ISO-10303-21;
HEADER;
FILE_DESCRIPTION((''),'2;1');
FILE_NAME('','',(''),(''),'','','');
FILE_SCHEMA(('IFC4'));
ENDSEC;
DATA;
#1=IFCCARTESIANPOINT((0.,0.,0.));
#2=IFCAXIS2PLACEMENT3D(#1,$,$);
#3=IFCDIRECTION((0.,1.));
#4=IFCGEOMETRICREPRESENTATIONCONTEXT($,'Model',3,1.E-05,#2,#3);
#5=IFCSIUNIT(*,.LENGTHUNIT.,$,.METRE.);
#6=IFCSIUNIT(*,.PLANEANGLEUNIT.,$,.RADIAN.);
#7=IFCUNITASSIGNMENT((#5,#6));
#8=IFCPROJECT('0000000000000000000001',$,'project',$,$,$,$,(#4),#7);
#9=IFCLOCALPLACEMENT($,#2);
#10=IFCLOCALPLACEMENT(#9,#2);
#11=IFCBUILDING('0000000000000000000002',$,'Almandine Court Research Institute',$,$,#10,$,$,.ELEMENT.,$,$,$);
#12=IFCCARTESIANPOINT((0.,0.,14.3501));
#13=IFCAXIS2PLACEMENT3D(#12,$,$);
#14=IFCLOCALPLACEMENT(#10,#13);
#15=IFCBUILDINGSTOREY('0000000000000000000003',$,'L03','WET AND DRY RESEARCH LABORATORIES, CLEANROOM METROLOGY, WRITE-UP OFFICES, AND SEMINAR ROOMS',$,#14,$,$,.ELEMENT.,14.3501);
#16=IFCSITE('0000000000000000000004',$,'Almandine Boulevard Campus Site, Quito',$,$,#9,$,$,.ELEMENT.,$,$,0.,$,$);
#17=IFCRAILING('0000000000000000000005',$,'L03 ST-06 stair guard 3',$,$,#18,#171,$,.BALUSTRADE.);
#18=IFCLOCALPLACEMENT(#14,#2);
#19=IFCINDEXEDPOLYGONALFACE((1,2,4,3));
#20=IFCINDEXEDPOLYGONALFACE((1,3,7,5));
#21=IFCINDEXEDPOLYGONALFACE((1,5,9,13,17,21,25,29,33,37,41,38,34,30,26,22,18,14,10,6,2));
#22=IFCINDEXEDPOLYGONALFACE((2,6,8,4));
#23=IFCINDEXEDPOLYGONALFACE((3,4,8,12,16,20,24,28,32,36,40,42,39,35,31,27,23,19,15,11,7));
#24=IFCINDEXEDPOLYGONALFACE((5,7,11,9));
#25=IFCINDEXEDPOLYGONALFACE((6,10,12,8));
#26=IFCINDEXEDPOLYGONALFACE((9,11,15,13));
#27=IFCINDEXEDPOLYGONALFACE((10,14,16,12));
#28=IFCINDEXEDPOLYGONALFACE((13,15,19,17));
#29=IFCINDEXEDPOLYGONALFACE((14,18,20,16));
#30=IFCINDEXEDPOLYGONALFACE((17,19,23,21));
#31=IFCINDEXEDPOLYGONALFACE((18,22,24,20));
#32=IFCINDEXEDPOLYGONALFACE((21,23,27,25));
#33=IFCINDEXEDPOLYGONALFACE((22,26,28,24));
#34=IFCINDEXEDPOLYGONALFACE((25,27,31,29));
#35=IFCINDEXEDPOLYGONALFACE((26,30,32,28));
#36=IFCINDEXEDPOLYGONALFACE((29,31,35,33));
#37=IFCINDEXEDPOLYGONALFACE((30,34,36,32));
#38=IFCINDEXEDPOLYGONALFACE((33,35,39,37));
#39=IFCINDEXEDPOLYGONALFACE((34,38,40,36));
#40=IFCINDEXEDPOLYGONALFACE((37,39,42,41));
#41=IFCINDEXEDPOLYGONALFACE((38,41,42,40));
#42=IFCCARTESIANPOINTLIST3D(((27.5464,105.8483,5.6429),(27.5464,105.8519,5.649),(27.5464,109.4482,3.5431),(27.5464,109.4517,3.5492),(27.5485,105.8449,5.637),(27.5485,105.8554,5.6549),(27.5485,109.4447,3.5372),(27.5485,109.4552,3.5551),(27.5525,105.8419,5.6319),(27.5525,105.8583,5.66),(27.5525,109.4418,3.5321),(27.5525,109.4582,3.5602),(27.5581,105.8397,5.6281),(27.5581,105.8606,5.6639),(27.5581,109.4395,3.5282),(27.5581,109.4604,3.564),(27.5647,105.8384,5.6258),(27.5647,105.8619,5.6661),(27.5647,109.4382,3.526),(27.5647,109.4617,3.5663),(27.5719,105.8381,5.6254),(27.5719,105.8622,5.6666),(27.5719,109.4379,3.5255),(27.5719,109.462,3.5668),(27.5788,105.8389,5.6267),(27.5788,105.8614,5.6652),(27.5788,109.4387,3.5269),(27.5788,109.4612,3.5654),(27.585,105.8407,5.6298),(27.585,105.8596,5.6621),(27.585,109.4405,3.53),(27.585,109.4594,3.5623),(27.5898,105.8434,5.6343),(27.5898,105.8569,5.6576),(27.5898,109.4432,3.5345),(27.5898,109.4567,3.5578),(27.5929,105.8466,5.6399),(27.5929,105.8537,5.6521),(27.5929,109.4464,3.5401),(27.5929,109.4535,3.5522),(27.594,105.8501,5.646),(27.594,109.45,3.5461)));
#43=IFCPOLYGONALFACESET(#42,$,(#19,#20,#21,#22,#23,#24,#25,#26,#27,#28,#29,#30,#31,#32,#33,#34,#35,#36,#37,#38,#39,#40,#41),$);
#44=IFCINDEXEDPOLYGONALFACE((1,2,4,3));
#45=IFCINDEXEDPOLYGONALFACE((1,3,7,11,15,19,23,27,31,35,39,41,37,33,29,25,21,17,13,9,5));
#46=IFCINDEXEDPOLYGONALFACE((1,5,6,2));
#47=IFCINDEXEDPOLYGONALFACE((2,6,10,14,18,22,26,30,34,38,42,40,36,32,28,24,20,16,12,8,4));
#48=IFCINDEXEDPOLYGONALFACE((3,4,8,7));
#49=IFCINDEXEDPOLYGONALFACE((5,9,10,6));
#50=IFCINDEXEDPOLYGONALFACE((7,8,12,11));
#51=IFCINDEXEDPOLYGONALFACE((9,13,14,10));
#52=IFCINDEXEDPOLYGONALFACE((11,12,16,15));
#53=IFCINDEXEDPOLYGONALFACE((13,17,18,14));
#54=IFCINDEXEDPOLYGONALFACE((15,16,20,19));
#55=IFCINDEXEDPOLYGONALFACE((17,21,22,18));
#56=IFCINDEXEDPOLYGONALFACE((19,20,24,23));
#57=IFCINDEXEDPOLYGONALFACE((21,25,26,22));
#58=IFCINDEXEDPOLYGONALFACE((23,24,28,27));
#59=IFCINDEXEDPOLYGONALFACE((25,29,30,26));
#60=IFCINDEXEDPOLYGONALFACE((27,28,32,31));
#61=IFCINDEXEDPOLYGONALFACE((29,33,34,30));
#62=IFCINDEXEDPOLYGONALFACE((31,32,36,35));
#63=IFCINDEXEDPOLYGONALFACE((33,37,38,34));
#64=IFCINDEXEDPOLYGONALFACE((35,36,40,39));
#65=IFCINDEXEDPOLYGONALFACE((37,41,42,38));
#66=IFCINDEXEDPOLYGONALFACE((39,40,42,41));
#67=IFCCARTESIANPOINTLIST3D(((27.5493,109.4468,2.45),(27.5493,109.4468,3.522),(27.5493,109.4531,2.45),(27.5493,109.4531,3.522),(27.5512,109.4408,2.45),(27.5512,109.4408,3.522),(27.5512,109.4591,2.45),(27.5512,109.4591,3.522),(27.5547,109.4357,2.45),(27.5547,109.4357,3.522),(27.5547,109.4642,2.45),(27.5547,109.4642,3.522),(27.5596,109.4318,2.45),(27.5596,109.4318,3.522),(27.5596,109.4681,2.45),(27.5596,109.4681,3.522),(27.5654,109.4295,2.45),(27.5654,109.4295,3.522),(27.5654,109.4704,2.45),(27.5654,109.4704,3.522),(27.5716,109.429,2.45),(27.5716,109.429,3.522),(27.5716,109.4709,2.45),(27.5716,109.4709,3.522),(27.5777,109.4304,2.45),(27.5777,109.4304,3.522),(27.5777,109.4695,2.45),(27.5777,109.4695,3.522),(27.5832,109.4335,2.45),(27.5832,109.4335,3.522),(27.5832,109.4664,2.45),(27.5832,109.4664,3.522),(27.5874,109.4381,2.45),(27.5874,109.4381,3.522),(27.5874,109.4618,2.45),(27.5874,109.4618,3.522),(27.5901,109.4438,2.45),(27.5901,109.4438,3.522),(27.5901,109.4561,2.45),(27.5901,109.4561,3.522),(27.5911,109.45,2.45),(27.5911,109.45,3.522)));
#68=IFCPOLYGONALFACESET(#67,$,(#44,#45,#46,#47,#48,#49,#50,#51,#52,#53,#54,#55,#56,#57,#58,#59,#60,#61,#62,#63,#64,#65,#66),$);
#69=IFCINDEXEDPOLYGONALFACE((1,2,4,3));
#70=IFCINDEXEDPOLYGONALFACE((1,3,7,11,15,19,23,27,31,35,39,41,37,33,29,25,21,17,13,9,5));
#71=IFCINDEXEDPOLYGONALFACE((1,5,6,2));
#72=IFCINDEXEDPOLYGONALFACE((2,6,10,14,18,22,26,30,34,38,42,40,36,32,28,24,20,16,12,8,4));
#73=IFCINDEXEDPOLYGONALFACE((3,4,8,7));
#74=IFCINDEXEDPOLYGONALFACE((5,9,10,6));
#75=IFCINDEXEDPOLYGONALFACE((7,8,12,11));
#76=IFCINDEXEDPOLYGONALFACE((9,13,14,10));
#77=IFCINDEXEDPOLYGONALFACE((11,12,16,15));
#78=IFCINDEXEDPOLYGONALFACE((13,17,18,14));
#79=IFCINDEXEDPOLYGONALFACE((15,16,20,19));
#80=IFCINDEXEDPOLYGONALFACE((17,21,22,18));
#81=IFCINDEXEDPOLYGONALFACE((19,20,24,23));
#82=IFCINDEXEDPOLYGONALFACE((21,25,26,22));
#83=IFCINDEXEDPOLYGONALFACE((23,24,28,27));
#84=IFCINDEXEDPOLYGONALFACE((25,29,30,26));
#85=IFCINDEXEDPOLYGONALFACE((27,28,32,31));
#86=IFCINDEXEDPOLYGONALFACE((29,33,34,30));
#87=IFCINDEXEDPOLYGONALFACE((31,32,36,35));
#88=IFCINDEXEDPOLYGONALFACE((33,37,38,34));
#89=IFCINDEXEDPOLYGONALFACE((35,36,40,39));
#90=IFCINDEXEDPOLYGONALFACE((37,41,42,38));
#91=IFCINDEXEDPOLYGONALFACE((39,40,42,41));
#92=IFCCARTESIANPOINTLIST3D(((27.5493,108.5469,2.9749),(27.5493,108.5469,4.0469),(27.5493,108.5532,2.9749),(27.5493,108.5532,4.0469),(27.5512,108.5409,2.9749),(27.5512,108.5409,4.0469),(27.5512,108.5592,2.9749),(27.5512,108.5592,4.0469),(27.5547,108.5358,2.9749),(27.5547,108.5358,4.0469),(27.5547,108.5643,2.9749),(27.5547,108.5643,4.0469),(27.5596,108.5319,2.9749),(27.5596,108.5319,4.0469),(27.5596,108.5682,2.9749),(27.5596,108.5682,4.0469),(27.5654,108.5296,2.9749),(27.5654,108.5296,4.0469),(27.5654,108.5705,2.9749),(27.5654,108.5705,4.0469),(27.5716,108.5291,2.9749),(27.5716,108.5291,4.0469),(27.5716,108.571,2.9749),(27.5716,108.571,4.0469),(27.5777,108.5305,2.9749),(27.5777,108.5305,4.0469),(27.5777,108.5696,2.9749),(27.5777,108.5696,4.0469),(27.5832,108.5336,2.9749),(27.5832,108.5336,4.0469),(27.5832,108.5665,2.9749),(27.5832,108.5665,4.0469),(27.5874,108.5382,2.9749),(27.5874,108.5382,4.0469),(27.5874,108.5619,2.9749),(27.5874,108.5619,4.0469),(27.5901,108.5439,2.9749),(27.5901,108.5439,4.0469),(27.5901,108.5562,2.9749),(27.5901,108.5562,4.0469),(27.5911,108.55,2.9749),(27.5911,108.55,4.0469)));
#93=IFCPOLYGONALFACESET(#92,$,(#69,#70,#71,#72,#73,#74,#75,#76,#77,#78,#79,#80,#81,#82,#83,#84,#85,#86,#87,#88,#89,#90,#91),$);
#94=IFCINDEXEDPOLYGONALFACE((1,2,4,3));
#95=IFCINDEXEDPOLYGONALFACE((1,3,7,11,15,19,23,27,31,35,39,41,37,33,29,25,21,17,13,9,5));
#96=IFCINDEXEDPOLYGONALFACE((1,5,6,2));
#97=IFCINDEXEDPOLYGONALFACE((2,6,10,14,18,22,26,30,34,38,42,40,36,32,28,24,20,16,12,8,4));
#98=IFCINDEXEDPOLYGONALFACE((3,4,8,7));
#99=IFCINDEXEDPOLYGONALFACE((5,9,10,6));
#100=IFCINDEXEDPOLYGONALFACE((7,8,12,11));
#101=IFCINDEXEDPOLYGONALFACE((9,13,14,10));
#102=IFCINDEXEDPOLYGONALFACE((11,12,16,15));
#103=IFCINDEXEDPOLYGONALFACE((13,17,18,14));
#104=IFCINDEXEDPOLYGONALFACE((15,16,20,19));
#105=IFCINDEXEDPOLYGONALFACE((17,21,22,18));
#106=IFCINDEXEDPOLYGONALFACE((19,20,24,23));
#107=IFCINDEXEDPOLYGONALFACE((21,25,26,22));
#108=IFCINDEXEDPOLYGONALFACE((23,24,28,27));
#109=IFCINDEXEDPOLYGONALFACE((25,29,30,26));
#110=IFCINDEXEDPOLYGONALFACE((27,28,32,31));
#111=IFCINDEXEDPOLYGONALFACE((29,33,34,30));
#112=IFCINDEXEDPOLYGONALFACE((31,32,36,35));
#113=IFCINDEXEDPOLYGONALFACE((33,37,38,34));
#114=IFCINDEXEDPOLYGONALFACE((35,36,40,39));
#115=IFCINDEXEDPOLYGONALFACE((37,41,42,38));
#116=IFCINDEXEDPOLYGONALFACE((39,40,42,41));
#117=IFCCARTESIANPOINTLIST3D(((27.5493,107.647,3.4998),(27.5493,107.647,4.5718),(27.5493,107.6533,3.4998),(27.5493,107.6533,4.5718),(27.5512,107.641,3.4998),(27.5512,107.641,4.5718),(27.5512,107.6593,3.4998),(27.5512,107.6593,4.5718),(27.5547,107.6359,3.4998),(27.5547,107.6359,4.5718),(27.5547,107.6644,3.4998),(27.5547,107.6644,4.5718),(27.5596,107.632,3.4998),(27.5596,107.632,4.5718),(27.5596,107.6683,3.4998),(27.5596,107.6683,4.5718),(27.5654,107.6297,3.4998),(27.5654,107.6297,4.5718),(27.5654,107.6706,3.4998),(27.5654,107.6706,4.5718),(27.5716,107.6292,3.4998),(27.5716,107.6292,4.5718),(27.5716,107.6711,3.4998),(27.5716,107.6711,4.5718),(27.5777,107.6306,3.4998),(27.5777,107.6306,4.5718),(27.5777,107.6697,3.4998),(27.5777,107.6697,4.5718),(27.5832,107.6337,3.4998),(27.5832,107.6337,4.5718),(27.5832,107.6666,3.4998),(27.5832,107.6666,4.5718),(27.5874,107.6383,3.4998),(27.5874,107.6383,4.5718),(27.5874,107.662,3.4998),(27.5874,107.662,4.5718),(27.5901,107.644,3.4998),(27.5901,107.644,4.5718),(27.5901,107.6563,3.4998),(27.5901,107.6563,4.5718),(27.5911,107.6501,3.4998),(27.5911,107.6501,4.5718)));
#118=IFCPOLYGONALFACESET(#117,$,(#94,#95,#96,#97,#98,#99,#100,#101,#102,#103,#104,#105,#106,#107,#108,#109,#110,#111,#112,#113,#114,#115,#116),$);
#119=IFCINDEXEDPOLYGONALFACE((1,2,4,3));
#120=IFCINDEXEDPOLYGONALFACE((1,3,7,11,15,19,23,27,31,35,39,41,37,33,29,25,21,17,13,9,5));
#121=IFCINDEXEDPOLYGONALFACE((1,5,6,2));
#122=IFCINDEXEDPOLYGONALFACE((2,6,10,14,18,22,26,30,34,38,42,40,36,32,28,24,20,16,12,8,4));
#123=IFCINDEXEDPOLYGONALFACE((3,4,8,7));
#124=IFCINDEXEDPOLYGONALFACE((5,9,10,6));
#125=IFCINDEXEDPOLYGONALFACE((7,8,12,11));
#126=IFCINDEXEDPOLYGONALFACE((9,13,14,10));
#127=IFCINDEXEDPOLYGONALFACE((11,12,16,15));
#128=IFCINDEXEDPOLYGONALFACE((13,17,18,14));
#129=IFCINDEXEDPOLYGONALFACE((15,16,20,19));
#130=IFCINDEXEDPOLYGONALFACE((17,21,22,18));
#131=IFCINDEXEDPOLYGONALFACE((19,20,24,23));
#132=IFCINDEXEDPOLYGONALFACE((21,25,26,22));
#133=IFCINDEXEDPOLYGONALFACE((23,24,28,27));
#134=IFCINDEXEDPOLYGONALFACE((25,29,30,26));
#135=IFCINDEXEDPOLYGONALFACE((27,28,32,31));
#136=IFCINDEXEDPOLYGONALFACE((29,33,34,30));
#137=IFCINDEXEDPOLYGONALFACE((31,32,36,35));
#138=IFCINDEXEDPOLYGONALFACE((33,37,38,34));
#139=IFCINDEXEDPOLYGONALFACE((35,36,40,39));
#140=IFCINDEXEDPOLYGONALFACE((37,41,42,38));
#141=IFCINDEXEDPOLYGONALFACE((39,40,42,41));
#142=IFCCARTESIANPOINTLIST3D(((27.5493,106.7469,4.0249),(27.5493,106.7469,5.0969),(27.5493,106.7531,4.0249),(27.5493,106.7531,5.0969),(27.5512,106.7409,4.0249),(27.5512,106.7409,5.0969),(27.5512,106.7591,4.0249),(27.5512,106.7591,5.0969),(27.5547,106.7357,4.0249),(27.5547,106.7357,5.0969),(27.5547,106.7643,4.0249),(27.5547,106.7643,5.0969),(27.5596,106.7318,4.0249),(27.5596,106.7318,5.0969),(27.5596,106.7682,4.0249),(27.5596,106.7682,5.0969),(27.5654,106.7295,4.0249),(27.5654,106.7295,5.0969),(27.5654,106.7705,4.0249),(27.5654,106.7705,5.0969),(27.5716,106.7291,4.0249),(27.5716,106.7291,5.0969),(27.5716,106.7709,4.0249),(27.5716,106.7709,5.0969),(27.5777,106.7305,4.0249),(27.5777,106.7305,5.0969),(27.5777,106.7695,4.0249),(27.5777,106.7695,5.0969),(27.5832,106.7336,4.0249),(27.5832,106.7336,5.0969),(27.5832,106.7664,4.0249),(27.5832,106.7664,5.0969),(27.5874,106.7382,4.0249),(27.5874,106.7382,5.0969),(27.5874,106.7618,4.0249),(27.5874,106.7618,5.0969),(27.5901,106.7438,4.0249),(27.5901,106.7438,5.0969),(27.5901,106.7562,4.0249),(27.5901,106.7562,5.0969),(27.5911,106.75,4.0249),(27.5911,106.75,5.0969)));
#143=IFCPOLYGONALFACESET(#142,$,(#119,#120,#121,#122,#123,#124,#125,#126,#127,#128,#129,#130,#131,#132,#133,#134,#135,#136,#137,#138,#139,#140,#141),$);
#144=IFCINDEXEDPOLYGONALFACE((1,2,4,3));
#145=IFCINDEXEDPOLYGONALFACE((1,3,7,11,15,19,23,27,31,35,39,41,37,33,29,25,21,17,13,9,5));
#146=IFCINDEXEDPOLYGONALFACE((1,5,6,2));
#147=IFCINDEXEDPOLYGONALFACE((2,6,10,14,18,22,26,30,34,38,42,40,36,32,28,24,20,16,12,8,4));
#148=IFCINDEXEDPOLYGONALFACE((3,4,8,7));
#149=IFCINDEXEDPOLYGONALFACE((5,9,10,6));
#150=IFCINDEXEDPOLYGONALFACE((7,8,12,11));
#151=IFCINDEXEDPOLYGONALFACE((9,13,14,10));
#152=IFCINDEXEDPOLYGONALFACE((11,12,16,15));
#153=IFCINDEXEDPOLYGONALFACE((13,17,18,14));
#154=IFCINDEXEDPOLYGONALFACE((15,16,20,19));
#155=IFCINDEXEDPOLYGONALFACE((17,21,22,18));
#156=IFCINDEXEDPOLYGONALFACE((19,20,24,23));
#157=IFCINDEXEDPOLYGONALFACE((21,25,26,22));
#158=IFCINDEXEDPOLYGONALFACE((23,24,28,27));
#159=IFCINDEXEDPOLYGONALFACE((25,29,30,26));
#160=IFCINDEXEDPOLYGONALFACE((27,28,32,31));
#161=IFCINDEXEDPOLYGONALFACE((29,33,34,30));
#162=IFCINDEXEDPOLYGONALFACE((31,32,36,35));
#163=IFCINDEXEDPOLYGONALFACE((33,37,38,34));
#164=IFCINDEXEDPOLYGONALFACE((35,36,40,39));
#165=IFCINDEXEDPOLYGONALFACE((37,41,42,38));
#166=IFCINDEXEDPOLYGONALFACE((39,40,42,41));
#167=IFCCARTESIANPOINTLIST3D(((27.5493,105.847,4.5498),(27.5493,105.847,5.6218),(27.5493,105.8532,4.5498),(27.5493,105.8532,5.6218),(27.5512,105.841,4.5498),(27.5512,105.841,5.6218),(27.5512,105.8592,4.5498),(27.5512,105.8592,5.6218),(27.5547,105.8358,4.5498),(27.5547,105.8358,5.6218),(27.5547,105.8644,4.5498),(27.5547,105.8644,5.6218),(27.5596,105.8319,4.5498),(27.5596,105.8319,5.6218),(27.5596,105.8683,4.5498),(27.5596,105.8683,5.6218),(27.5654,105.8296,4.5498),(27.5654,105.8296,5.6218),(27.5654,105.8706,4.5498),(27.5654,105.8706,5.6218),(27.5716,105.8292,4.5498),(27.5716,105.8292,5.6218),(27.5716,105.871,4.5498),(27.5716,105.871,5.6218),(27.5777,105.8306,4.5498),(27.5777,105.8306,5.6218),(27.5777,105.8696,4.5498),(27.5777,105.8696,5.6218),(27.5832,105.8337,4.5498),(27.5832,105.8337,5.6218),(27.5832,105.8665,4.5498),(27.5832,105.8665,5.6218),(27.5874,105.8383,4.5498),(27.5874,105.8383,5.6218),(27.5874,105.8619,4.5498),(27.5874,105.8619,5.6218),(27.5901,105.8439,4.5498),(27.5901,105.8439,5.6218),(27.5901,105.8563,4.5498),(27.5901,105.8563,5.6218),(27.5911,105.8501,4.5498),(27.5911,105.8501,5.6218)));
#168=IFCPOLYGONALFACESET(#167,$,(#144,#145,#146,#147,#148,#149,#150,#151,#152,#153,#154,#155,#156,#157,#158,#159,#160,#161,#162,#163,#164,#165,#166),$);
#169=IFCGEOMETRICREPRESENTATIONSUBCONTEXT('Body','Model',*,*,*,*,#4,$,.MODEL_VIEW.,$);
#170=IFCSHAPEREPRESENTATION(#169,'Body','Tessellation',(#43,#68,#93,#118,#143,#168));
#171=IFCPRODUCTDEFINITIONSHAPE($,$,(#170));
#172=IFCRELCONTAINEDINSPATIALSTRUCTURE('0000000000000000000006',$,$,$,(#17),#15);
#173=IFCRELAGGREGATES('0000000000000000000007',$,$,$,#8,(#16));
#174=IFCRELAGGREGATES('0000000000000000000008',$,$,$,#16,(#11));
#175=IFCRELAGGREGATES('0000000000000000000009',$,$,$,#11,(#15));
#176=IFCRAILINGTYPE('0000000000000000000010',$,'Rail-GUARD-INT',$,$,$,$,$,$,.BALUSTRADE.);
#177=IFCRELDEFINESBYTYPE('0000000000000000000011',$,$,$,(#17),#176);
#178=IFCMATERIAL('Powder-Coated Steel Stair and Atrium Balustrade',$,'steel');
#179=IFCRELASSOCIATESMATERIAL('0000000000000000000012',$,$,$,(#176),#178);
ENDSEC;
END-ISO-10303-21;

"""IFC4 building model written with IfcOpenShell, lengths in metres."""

from ifc_helpers import new_model, si_unit, direction, frame, origin, origin_2d, place, context, subcontext, project, spatial, circle, extrude, material, type_object, element, save


model = new_model("IFC4")

# Units and contexts
model_context = context("Model", 3, precision=1e-05, world=origin(), true_north=direction((0.0, 1.0)))
body_context = subcontext(model_context, "Body", "Model", "MODEL_VIEW")
ifc_project = project(units=[si_unit("LENGTHUNIT", "METRE"), si_unit("PLANEANGLEUNIT", "RADIAN")], contexts=[model_context])

# Site, building, storey
site_placement = place(None, origin())
site = spatial("IfcSite", under=ifc_project, at=site_placement, Name="Almandine Boulevard Campus Site, Quito", CompositionType="ELEMENT", RefElevation=0.0)
building_placement = place(site_placement, origin())
building = spatial("IfcBuilding", under=site, at=building_placement, Name="Almandine Court Research Institute", CompositionType="ELEMENT")
storey_placement = place(building_placement, frame((0.0, 0.0, 14.3501)))
storey = spatial("IfcBuildingStorey", under=building, at=storey_placement, Name="L03", Description="WET AND DRY RESEARCH LABORATORIES, CLEANROOM METROLOGY, WRITE-UP OFFICES, AND SEMINAR ROOMS", CompositionType="ELEMENT", Elevation=14.3501)

# Railing
ifc_material_1 = material(Name="Powder-Coated Steel Stair and Atrium Balustrade", Category="steel")
railing_type_1 = type_object("IfcRailingType", Name="Rail-GUARD-INT", PredefinedType="BALUSTRADE", material=ifc_material_1)
railing_1_placement = place(storey_placement, frame((27.5701, 109.45, 2.45)))
element("IfcRailing", 1, at=railing_1_placement, inside=storey, type_object=railing_type_1, Name="L03 ST-06 stair guard 3", PredefinedType="BALUSTRADE", context=body_context, shape_type="SweptSolid", body=[
    extrude(circle(Radius=0.0239, at=origin_2d()), frame((0.0, 0.0, 1.0962), z_axis=(0.0, -0.863785, 0.50386), x_axis=(1.0, 0.0, 0.0)), (0.0, 0.0, 1.0), 4.1675),
    extrude(circle(Radius=0.021, at=origin_2d()), origin(), (0.0, 0.0, 1.0), 1.072),
    extrude(circle(Radius=0.021, at=origin_2d()), frame((0.0, -0.8999, 0.5249)), (0.0, 0.0, 1.0), 1.072),
    extrude(circle(Radius=0.021, at=origin_2d()), frame((0.0, -1.7998, 1.0498)), (0.0, 0.0, 1.0), 1.072),
    extrude(circle(Radius=0.021, at=origin_2d()), frame((0.0, -2.7, 1.575)), (0.0, 0.0, 1.0), 1.072),
    extrude(circle(Radius=0.021, at=origin_2d()), frame((0.0, -3.5999, 2.0999)), (0.0, 0.0, 1.0), 1.072),
])

save(model, "model.ifc")
